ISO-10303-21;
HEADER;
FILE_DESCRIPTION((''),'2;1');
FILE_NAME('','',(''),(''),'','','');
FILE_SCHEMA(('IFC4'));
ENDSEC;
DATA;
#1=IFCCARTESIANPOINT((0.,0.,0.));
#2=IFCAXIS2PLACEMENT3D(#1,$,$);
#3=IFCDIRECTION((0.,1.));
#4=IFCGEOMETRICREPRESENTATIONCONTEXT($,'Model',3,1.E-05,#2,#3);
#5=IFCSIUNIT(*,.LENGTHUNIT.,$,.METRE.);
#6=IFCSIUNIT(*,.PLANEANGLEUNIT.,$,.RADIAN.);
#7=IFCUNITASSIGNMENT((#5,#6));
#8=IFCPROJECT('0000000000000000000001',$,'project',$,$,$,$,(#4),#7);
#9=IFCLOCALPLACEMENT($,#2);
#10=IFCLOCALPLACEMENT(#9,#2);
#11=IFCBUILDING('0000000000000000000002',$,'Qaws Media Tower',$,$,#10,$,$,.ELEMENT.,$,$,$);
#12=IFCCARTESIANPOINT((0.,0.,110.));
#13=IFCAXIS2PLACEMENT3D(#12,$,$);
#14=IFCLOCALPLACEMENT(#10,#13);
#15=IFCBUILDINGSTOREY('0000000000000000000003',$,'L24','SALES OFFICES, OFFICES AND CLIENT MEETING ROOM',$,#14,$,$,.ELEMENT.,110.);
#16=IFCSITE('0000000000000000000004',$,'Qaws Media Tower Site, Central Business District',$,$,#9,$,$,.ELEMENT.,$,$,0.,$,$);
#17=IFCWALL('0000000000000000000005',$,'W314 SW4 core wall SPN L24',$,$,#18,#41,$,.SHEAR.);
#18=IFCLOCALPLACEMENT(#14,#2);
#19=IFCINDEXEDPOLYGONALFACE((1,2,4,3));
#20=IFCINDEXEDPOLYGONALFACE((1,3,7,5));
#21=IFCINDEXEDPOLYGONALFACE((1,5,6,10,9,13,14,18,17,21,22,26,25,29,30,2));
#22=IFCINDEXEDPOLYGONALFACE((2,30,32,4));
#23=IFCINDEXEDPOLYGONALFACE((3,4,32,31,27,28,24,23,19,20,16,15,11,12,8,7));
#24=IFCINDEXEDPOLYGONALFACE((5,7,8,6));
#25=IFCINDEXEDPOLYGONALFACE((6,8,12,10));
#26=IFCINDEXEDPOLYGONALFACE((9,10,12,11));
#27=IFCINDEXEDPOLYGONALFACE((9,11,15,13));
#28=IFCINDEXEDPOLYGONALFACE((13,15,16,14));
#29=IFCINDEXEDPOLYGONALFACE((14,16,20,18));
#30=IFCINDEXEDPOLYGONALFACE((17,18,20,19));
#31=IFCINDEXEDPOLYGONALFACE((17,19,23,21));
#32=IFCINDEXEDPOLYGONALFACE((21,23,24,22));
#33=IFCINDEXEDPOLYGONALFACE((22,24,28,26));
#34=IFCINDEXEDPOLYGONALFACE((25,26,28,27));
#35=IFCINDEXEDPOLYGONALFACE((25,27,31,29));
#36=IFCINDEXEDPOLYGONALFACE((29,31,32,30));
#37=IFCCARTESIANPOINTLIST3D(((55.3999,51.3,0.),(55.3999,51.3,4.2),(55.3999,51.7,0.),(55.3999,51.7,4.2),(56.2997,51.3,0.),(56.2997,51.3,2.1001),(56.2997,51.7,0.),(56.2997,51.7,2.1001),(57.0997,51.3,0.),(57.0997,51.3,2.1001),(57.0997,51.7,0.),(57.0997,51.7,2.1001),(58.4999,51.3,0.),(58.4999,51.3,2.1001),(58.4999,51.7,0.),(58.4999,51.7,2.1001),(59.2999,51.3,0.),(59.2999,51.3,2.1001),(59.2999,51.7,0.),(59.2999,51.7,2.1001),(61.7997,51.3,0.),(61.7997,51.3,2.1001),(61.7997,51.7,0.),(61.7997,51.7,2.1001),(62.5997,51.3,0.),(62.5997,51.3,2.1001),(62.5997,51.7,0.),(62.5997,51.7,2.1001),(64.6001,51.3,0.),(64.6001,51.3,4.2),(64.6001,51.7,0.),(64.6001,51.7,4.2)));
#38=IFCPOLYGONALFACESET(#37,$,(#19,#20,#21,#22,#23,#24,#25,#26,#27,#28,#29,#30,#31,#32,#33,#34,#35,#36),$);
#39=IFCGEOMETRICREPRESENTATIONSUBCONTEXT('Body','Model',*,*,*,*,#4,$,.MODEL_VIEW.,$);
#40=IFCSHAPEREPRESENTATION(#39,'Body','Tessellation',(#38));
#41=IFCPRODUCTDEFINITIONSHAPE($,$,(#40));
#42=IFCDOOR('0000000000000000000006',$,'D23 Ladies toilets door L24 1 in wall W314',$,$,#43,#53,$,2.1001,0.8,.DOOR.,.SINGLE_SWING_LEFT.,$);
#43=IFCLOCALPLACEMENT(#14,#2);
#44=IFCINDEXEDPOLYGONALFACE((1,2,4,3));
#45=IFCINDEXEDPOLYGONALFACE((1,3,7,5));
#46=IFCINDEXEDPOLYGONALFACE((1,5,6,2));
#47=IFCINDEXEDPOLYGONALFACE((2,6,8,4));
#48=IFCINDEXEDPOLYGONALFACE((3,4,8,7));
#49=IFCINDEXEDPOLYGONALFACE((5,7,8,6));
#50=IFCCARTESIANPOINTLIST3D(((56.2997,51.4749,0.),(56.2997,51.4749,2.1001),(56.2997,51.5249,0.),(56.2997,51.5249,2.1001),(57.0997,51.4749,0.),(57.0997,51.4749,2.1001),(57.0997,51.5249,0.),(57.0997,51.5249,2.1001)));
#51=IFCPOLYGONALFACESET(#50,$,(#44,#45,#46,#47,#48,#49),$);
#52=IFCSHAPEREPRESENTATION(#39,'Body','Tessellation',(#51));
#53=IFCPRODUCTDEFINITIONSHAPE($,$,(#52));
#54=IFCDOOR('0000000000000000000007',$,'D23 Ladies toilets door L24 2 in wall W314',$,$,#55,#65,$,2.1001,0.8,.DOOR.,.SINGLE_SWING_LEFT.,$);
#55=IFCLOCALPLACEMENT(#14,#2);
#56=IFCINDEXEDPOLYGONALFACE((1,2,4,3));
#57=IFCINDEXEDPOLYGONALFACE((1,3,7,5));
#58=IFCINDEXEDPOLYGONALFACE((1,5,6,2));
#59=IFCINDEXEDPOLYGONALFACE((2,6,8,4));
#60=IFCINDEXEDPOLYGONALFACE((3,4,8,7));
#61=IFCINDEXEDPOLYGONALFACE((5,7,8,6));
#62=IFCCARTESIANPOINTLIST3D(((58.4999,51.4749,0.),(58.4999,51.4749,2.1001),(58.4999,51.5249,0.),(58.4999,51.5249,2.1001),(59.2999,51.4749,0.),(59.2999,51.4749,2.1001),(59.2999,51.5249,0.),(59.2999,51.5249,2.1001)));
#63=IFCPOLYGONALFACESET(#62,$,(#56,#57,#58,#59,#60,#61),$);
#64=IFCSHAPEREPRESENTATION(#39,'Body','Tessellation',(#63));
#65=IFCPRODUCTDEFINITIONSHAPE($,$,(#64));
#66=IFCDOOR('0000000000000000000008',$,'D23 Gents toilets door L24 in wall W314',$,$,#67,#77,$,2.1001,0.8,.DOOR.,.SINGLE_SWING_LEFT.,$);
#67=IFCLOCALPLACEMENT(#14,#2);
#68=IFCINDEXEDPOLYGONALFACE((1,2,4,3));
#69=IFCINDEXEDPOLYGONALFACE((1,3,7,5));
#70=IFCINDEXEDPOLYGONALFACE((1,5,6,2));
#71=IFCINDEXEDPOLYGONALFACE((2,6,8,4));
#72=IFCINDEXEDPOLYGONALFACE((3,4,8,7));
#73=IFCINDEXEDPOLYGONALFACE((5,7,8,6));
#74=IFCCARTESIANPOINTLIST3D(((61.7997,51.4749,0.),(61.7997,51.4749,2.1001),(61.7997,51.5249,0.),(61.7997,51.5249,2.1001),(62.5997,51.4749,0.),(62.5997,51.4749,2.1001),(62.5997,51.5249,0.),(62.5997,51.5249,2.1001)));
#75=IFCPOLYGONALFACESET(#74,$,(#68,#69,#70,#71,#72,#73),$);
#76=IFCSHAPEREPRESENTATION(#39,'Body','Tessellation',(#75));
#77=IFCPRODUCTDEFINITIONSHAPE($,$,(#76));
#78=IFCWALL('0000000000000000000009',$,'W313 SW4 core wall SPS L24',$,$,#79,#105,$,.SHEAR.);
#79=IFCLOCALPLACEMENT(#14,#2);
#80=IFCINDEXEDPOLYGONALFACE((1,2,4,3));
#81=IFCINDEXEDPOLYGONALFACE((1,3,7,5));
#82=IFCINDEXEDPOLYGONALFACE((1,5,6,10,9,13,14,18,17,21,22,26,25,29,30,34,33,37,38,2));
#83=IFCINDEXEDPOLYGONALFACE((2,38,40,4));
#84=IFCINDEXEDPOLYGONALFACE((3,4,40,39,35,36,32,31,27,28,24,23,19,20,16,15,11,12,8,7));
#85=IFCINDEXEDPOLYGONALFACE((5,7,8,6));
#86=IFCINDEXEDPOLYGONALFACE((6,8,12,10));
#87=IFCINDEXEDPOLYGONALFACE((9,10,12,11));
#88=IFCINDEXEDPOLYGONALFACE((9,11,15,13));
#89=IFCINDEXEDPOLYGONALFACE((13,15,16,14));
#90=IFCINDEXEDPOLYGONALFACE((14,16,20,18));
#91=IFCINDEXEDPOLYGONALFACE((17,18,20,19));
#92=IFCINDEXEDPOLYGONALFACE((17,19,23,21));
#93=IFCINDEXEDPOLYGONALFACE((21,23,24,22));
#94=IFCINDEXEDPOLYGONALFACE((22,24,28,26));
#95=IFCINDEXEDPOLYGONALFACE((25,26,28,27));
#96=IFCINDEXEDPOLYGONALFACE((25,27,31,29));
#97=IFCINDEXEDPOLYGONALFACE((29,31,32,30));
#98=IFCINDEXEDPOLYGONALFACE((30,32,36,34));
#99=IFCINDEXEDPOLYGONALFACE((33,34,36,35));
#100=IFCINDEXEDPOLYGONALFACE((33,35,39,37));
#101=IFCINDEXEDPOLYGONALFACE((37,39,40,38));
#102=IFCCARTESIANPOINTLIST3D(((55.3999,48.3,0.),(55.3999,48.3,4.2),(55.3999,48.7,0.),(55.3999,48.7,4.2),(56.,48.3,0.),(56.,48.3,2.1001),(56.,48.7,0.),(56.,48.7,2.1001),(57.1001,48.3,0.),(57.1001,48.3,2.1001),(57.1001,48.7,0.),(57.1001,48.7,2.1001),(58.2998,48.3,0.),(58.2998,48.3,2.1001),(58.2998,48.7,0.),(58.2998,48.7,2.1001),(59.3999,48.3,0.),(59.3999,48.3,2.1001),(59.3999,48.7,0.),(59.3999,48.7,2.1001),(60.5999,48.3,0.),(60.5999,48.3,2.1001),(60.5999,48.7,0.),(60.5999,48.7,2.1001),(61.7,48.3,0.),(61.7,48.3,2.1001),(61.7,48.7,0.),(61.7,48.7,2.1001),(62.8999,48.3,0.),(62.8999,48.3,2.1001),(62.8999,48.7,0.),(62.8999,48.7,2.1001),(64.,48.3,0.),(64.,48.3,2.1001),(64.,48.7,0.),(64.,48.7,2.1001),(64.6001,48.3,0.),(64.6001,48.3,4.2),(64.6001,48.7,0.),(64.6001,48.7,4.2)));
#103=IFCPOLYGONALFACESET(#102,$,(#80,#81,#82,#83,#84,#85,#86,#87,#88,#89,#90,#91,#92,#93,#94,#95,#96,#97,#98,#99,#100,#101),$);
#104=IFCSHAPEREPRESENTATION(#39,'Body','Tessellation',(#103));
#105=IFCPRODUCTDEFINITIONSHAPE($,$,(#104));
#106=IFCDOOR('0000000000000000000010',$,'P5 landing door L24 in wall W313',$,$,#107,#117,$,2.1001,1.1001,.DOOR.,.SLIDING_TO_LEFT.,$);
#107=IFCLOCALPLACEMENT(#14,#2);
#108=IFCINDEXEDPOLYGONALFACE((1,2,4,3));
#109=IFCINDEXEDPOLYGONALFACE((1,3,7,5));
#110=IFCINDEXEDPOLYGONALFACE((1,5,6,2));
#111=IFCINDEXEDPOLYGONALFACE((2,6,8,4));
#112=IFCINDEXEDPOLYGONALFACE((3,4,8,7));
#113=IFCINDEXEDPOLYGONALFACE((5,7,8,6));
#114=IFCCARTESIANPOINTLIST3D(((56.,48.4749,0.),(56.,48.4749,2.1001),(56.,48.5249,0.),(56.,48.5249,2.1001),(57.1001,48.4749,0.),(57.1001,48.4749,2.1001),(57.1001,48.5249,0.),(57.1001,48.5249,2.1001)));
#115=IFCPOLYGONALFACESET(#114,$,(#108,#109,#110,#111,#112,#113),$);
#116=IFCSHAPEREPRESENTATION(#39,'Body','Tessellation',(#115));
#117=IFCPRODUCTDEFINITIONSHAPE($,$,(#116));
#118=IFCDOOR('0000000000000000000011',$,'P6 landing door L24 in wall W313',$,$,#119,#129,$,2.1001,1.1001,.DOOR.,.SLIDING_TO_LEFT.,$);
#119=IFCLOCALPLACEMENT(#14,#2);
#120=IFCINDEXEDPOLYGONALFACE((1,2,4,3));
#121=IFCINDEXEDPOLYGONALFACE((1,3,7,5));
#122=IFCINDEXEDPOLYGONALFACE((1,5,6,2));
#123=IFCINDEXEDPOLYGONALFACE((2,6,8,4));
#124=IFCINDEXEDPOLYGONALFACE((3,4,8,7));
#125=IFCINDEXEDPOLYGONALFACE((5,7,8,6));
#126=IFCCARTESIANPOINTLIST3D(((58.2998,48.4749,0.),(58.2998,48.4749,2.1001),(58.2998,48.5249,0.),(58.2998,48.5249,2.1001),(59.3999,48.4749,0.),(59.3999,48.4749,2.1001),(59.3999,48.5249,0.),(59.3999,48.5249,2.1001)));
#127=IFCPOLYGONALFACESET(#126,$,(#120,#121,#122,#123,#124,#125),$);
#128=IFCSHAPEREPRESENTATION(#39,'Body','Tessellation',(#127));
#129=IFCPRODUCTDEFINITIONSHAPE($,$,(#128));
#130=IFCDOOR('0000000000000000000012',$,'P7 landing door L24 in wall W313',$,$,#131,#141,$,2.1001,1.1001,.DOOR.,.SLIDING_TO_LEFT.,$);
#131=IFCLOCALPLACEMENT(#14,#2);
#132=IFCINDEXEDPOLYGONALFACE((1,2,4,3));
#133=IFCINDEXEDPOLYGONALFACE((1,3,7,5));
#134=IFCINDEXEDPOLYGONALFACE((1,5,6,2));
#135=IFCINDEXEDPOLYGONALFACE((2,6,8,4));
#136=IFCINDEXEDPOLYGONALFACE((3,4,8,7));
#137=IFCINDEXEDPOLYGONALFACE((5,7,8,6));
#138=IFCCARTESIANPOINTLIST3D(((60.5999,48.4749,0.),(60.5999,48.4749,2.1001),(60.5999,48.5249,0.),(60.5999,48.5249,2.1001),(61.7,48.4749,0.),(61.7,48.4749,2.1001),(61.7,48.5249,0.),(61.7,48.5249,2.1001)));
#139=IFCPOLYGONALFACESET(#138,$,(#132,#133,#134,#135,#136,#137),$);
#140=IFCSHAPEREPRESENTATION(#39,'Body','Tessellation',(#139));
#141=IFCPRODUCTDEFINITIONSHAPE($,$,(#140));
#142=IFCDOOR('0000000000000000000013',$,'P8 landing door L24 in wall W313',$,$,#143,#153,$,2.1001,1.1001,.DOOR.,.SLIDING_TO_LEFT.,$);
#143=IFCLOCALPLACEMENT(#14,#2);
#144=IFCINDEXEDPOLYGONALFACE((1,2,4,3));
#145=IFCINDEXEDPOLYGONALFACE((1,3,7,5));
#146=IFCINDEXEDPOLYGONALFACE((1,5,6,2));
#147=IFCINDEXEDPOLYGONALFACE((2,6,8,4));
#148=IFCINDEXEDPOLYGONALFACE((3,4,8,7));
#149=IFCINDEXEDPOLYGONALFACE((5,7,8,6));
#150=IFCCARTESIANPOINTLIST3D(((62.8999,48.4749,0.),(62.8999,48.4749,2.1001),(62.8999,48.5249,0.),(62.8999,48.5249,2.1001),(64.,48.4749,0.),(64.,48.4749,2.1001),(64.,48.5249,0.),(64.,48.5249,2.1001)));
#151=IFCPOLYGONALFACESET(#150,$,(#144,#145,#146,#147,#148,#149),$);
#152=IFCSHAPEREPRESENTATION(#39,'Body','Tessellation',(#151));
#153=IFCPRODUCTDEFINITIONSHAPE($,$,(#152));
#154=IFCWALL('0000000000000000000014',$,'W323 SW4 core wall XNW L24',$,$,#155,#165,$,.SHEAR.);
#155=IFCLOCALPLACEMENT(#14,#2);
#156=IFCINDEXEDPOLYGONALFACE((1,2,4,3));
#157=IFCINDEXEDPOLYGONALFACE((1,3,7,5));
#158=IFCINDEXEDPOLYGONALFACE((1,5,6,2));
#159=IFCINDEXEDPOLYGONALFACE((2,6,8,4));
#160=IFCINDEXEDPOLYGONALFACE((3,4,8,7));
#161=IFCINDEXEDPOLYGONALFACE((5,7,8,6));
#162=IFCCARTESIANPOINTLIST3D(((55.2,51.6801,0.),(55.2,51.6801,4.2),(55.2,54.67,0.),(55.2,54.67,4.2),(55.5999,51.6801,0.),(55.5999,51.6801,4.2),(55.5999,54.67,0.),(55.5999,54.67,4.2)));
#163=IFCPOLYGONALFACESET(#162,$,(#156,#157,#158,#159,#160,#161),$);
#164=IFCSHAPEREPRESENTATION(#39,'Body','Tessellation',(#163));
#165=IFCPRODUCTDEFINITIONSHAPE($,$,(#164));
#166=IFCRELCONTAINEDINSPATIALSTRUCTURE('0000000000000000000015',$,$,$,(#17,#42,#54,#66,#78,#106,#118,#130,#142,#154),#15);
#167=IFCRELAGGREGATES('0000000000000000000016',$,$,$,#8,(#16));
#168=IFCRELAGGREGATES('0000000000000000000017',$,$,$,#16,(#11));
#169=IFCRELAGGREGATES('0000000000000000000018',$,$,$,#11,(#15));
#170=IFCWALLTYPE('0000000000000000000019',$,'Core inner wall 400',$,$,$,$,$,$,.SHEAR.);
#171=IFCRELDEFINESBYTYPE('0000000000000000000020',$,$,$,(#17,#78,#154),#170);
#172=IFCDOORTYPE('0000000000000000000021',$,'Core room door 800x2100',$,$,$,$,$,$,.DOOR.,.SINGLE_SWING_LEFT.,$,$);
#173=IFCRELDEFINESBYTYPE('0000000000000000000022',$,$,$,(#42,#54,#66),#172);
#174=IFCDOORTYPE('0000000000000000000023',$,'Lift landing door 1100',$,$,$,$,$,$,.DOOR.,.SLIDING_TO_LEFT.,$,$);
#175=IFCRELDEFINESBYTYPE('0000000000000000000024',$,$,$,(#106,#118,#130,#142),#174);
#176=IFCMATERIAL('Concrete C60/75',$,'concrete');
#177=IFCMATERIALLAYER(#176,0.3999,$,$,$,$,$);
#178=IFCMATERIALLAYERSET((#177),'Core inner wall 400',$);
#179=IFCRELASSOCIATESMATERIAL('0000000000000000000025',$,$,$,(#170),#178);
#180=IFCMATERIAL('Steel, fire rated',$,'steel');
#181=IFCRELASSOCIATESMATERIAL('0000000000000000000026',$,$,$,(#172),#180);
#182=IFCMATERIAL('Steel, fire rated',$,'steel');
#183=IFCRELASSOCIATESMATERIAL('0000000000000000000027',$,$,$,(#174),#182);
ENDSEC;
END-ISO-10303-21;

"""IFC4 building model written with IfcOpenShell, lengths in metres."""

from ifc_helpers import new_model, si_unit, direction, frame, frame_2d, origin, place, context, subcontext, project, spatial, rectangle, extrude, material, layer, layer_set, type_object, element, fill, save


model = new_model("IFC4")

# Units and contexts
model_context = context("Model", 3, precision=1e-05, world=origin(), true_north=direction((0.0, 1.0)))
body_context = subcontext(model_context, "Body", "Model", "MODEL_VIEW")
ifc_project = project(units=[si_unit("LENGTHUNIT", "METRE"), si_unit("PLANEANGLEUNIT", "RADIAN")], contexts=[model_context])

# Site, building, storey
site_placement = place(None, origin())
site = spatial("IfcSite", under=ifc_project, at=site_placement, Name="Qaws Media Tower Site, Central Business District", CompositionType="ELEMENT", RefElevation=0.0)
building_placement = place(site_placement, origin())
building = spatial("IfcBuilding", under=site, at=building_placement, Name="Qaws Media Tower", CompositionType="ELEMENT")
storey_placement = place(building_placement, frame((0.0, 0.0, 110.0)))
storey = spatial("IfcBuildingStorey", under=building, at=storey_placement, Name="L24", Description="SALES OFFICES, OFFICES AND CLIENT MEETING ROOM", CompositionType="ELEMENT", Elevation=110.0)

# Walls, openings, doors
ifc_material_1 = material(Name="Concrete C60/75", Category="concrete")
ifc_layer_1 = layer(ifc_material_1, 0.3999)
ifc_layer_set_1 = layer_set([ifc_layer_1], Name="Core inner wall 400")
wall_type_1 = type_object("IfcWallType", Name="Core inner wall 400", PredefinedType="SHEAR", material=ifc_layer_set_1)
wall_1_placement = place(storey_placement, frame((55.3999, 51.5, 0.0), z_axis=(0.0, 0.0, 1.0), x_axis=(1.0, 0.0, 0.0)))
wall_1 = element("IfcWall", 1, at=wall_1_placement, inside=storey, type_object=wall_type_1, Name="W314 SW4 core wall SPN L24", PredefinedType="SHEAR", context=body_context, shape_type="SweptSolid", body=[
    extrude(rectangle(XDim=9.2002, YDim=0.3999, at=frame_2d((4.6001, 0.0))), origin(), (0.0, 0.0, 1.0), 4.2),
])
opening_1_placement = place(wall_1_placement, frame((0.8999, 0.0, 0.0)))
opening_1 = element("IfcOpeningElement", 2, at=opening_1_placement, cuts=wall_1, PredefinedType="OPENING", context=body_context, shape_type="SweptSolid", body=[
    extrude(rectangle(XDim=0.8, YDim=2.1001, at=frame_2d((0.3999, 1.05))), frame((0.0, 0.21, 0.0), z_axis=(0.0, -1.0, 0.0), x_axis=(1.0, 0.0, 0.0)), (0.0, 0.0, 1.0), 0.4199),
])
opening_2_placement = place(wall_1_placement, frame((3.1001, 0.0, 0.0)))
opening_2 = element("IfcOpeningElement", 3, at=opening_2_placement, cuts=wall_1, PredefinedType="OPENING", context=body_context, shape_type="SweptSolid", body=[
    extrude(rectangle(XDim=0.8, YDim=2.1001, at=frame_2d((0.3999, 1.05))), frame((0.0, 0.21, 0.0), z_axis=(0.0, -1.0, 0.0), x_axis=(1.0, 0.0, 0.0)), (0.0, 0.0, 1.0), 0.4199),
])
opening_3_placement = place(wall_1_placement, frame((6.3999, 0.0, 0.0)))
opening_3 = element("IfcOpeningElement", 4, at=opening_3_placement, cuts=wall_1, PredefinedType="OPENING", context=body_context, shape_type="SweptSolid", body=[
    extrude(rectangle(XDim=0.8, YDim=2.1001, at=frame_2d((0.3999, 1.05))), frame((0.0, 0.21, 0.0), z_axis=(0.0, -1.0, 0.0), x_axis=(1.0, 0.0, 0.0)), (0.0, 0.0, 1.0), 0.4199),
])
ifc_material_2 = material(Name="Steel, fire rated", Category="steel")
door_type_1 = type_object("IfcDoorType", Name="Core room door 800x2100", OperationType="SINGLE_SWING_LEFT", PredefinedType="DOOR", material=ifc_material_2)
door_1_placement = place(opening_1_placement, origin())
door_1 = element("IfcDoor", 5, at=door_1_placement, inside=storey, type_object=door_type_1, Name="D23 Ladies toilets door L24 1 in wall W314", OperationType="SINGLE_SWING_LEFT", OverallHeight=2.1001, OverallWidth=0.8, PredefinedType="DOOR", context=body_context, shape_type="SweptSolid", body=[
    extrude(rectangle(XDim=0.8, YDim=2.1001, at=frame_2d((0.3999, 1.05))), frame((0.0, 0.0249, 0.0), z_axis=(0.0, -1.0, 0.0), x_axis=(1.0, 0.0, 0.0)), (0.0, 0.0, 1.0), 0.05),
])
fill(opening_1, door_1)
door_2_placement = place(opening_2_placement, origin())
door_2 = element("IfcDoor", 6, at=door_2_placement, inside=storey, type_object=door_type_1, Name="D23 Ladies toilets door L24 2 in wall W314", OperationType="SINGLE_SWING_LEFT", OverallHeight=2.1001, OverallWidth=0.8, PredefinedType="DOOR", context=body_context, shape_type="SweptSolid", body=[
    extrude(rectangle(XDim=0.8, YDim=2.1001, at=frame_2d((0.3999, 1.05))), frame((0.0, 0.0249, 0.0), z_axis=(0.0, -1.0, 0.0), x_axis=(1.0, 0.0, 0.0)), (0.0, 0.0, 1.0), 0.05),
])
fill(opening_2, door_2)
door_3_placement = place(opening_3_placement, origin())
door_3 = element("IfcDoor", 7, at=door_3_placement, inside=storey, type_object=door_type_1, Name="D23 Gents toilets door L24 in wall W314", OperationType="SINGLE_SWING_LEFT", OverallHeight=2.1001, OverallWidth=0.8, PredefinedType="DOOR", context=body_context, shape_type="SweptSolid", body=[
    extrude(rectangle(XDim=0.8, YDim=2.1001, at=frame_2d((0.3999, 1.05))), frame((0.0, 0.0249, 0.0), z_axis=(0.0, -1.0, 0.0), x_axis=(1.0, 0.0, 0.0)), (0.0, 0.0, 1.0), 0.05),
])
fill(opening_3, door_3)
wall_2_placement = place(storey_placement, frame((55.3999, 48.5, 0.0), z_axis=(0.0, 0.0, 1.0), x_axis=(1.0, 0.0, 0.0)))
wall_2 = element("IfcWall", 8, at=wall_2_placement, inside=storey, type_object=wall_type_1, Name="W313 SW4 core wall SPS L24", PredefinedType="SHEAR", context=body_context, shape_type="SweptSolid", body=[
    extrude(rectangle(XDim=9.2002, YDim=0.3999, at=frame_2d((4.6001, 0.0))), origin(), (0.0, 0.0, 1.0), 4.2),
])
opening_4_placement = place(wall_2_placement, frame((0.6001, 0.0, 0.0)))
opening_4 = element("IfcOpeningElement", 9, at=opening_4_placement, cuts=wall_2, PredefinedType="OPENING", context=body_context, shape_type="SweptSolid", body=[
    extrude(rectangle(XDim=1.1001, YDim=2.1001, at=frame_2d((0.55, 1.05))), frame((0.0, 0.21, 0.0), z_axis=(0.0, -1.0, 0.0), x_axis=(1.0, 0.0, 0.0)), (0.0, 0.0, 1.0), 0.4199),
])
opening_5_placement = place(wall_2_placement, frame((2.8999, 0.0, 0.0)))
opening_5 = element("IfcOpeningElement", 10, at=opening_5_placement, cuts=wall_2, PredefinedType="OPENING", context=body_context, shape_type="SweptSolid", body=[
    extrude(rectangle(XDim=1.1001, YDim=2.1001, at=frame_2d((0.55, 1.05))), frame((0.0, 0.21, 0.0), z_axis=(0.0, -1.0, 0.0), x_axis=(1.0, 0.0, 0.0)), (0.0, 0.0, 1.0), 0.4199),
])
opening_6_placement = place(wall_2_placement, frame((5.2, 0.0, 0.0)))
opening_6 = element("IfcOpeningElement", 11, at=opening_6_placement, cuts=wall_2, PredefinedType="OPENING", context=body_context, shape_type="SweptSolid", body=[
    extrude(rectangle(XDim=1.1001, YDim=2.1001, at=frame_2d((0.55, 1.05))), frame((0.0, 0.21, 0.0), z_axis=(0.0, -1.0, 0.0), x_axis=(1.0, 0.0, 0.0)), (0.0, 0.0, 1.0), 0.4199),
])
opening_7_placement = place(wall_2_placement, frame((7.5, 0.0, 0.0)))
opening_7 = element("IfcOpeningElement", 12, at=opening_7_placement, cuts=wall_2, PredefinedType="OPENING", context=body_context, shape_type="SweptSolid", body=[
    extrude(rectangle(XDim=1.1001, YDim=2.1001, at=frame_2d((0.55, 1.05))), frame((0.0, 0.21, 0.0), z_axis=(0.0, -1.0, 0.0), x_axis=(1.0, 0.0, 0.0)), (0.0, 0.0, 1.0), 0.4199),
])
ifc_material_3 = material(Name="Steel, fire rated", Category="steel")
door_type_2 = type_object("IfcDoorType", Name="Lift landing door 1100", OperationType="SLIDING_TO_LEFT", PredefinedType="DOOR", material=ifc_material_3)
door_4_placement = place(opening_4_placement, origin())
door_4 = element("IfcDoor", 13, at=door_4_placement, inside=storey, type_object=door_type_2, Name="P5 landing door L24 in wall W313", OperationType="SLIDING_TO_LEFT", OverallHeight=2.1001, OverallWidth=1.1001, PredefinedType="DOOR", context=body_context, shape_type="SweptSolid", body=[
    extrude(rectangle(XDim=1.1001, YDim=2.1001, at=frame_2d((0.55, 1.05))), frame((0.0, 0.0249, 0.0), z_axis=(0.0, -1.0, 0.0), x_axis=(1.0, 0.0, 0.0)), (0.0, 0.0, 1.0), 0.05),
])
fill(opening_4, door_4)
door_5_placement = place(opening_5_placement, origin())
door_5 = element("IfcDoor", 14, at=door_5_placement, inside=storey, type_object=door_type_2, Name="P6 landing door L24 in wall W313", OperationType="SLIDING_TO_LEFT", OverallHeight=2.1001, OverallWidth=1.1001, PredefinedType="DOOR", context=body_context, shape_type="SweptSolid", body=[
    extrude(rectangle(XDim=1.1001, YDim=2.1001, at=frame_2d((0.55, 1.05))), frame((0.0, 0.0249, 0.0), z_axis=(0.0, -1.0, 0.0), x_axis=(1.0, 0.0, 0.0)), (0.0, 0.0, 1.0), 0.05),
])
fill(opening_5, door_5)
door_6_placement = place(opening_6_placement, origin())
door_6 = element("IfcDoor", 15, at=door_6_placement, inside=storey, type_object=door_type_2, Name="P7 landing door L24 in wall W313", OperationType="SLIDING_TO_LEFT", OverallHeight=2.1001, OverallWidth=1.1001, PredefinedType="DOOR", context=body_context, shape_type="SweptSolid", body=[
    extrude(rectangle(XDim=1.1001, YDim=2.1001, at=frame_2d((0.55, 1.05))), frame((0.0, 0.0249, 0.0), z_axis=(0.0, -1.0, 0.0), x_axis=(1.0, 0.0, 0.0)), (0.0, 0.0, 1.0), 0.05),
])
fill(opening_6, door_6)
door_7_placement = place(opening_7_placement, origin())
door_7 = element("IfcDoor", 16, at=door_7_placement, inside=storey, type_object=door_type_2, Name="P8 landing door L24 in wall W313", OperationType="SLIDING_TO_LEFT", OverallHeight=2.1001, OverallWidth=1.1001, PredefinedType="DOOR", context=body_context, shape_type="SweptSolid", body=[
    extrude(rectangle(XDim=1.1001, YDim=2.1001, at=frame_2d((0.55, 1.05))), frame((0.0, 0.0249, 0.0), z_axis=(0.0, -1.0, 0.0), x_axis=(1.0, 0.0, 0.0)), (0.0, 0.0, 1.0), 0.05),
])
fill(opening_7, door_7)

# Wall
wall_3_placement = place(storey_placement, frame((55.3999, 51.6799, 0.0), z_axis=(0.0, 0.0, 1.0), x_axis=(0.0, 1.0, 0.0)))
element("IfcWall", 17, at=wall_3_placement, inside=storey, type_object=wall_type_1, Name="W323 SW4 core wall XNW L24", PredefinedType="SHEAR", context=body_context, shape_type="SweptSolid", body=[
    extrude(rectangle(XDim=2.99, YDim=0.3999, at=frame_2d((1.4951, 0.0))), origin(), (0.0, 0.0, 1.0), 4.2),
])

save(model, "model.ifc")
